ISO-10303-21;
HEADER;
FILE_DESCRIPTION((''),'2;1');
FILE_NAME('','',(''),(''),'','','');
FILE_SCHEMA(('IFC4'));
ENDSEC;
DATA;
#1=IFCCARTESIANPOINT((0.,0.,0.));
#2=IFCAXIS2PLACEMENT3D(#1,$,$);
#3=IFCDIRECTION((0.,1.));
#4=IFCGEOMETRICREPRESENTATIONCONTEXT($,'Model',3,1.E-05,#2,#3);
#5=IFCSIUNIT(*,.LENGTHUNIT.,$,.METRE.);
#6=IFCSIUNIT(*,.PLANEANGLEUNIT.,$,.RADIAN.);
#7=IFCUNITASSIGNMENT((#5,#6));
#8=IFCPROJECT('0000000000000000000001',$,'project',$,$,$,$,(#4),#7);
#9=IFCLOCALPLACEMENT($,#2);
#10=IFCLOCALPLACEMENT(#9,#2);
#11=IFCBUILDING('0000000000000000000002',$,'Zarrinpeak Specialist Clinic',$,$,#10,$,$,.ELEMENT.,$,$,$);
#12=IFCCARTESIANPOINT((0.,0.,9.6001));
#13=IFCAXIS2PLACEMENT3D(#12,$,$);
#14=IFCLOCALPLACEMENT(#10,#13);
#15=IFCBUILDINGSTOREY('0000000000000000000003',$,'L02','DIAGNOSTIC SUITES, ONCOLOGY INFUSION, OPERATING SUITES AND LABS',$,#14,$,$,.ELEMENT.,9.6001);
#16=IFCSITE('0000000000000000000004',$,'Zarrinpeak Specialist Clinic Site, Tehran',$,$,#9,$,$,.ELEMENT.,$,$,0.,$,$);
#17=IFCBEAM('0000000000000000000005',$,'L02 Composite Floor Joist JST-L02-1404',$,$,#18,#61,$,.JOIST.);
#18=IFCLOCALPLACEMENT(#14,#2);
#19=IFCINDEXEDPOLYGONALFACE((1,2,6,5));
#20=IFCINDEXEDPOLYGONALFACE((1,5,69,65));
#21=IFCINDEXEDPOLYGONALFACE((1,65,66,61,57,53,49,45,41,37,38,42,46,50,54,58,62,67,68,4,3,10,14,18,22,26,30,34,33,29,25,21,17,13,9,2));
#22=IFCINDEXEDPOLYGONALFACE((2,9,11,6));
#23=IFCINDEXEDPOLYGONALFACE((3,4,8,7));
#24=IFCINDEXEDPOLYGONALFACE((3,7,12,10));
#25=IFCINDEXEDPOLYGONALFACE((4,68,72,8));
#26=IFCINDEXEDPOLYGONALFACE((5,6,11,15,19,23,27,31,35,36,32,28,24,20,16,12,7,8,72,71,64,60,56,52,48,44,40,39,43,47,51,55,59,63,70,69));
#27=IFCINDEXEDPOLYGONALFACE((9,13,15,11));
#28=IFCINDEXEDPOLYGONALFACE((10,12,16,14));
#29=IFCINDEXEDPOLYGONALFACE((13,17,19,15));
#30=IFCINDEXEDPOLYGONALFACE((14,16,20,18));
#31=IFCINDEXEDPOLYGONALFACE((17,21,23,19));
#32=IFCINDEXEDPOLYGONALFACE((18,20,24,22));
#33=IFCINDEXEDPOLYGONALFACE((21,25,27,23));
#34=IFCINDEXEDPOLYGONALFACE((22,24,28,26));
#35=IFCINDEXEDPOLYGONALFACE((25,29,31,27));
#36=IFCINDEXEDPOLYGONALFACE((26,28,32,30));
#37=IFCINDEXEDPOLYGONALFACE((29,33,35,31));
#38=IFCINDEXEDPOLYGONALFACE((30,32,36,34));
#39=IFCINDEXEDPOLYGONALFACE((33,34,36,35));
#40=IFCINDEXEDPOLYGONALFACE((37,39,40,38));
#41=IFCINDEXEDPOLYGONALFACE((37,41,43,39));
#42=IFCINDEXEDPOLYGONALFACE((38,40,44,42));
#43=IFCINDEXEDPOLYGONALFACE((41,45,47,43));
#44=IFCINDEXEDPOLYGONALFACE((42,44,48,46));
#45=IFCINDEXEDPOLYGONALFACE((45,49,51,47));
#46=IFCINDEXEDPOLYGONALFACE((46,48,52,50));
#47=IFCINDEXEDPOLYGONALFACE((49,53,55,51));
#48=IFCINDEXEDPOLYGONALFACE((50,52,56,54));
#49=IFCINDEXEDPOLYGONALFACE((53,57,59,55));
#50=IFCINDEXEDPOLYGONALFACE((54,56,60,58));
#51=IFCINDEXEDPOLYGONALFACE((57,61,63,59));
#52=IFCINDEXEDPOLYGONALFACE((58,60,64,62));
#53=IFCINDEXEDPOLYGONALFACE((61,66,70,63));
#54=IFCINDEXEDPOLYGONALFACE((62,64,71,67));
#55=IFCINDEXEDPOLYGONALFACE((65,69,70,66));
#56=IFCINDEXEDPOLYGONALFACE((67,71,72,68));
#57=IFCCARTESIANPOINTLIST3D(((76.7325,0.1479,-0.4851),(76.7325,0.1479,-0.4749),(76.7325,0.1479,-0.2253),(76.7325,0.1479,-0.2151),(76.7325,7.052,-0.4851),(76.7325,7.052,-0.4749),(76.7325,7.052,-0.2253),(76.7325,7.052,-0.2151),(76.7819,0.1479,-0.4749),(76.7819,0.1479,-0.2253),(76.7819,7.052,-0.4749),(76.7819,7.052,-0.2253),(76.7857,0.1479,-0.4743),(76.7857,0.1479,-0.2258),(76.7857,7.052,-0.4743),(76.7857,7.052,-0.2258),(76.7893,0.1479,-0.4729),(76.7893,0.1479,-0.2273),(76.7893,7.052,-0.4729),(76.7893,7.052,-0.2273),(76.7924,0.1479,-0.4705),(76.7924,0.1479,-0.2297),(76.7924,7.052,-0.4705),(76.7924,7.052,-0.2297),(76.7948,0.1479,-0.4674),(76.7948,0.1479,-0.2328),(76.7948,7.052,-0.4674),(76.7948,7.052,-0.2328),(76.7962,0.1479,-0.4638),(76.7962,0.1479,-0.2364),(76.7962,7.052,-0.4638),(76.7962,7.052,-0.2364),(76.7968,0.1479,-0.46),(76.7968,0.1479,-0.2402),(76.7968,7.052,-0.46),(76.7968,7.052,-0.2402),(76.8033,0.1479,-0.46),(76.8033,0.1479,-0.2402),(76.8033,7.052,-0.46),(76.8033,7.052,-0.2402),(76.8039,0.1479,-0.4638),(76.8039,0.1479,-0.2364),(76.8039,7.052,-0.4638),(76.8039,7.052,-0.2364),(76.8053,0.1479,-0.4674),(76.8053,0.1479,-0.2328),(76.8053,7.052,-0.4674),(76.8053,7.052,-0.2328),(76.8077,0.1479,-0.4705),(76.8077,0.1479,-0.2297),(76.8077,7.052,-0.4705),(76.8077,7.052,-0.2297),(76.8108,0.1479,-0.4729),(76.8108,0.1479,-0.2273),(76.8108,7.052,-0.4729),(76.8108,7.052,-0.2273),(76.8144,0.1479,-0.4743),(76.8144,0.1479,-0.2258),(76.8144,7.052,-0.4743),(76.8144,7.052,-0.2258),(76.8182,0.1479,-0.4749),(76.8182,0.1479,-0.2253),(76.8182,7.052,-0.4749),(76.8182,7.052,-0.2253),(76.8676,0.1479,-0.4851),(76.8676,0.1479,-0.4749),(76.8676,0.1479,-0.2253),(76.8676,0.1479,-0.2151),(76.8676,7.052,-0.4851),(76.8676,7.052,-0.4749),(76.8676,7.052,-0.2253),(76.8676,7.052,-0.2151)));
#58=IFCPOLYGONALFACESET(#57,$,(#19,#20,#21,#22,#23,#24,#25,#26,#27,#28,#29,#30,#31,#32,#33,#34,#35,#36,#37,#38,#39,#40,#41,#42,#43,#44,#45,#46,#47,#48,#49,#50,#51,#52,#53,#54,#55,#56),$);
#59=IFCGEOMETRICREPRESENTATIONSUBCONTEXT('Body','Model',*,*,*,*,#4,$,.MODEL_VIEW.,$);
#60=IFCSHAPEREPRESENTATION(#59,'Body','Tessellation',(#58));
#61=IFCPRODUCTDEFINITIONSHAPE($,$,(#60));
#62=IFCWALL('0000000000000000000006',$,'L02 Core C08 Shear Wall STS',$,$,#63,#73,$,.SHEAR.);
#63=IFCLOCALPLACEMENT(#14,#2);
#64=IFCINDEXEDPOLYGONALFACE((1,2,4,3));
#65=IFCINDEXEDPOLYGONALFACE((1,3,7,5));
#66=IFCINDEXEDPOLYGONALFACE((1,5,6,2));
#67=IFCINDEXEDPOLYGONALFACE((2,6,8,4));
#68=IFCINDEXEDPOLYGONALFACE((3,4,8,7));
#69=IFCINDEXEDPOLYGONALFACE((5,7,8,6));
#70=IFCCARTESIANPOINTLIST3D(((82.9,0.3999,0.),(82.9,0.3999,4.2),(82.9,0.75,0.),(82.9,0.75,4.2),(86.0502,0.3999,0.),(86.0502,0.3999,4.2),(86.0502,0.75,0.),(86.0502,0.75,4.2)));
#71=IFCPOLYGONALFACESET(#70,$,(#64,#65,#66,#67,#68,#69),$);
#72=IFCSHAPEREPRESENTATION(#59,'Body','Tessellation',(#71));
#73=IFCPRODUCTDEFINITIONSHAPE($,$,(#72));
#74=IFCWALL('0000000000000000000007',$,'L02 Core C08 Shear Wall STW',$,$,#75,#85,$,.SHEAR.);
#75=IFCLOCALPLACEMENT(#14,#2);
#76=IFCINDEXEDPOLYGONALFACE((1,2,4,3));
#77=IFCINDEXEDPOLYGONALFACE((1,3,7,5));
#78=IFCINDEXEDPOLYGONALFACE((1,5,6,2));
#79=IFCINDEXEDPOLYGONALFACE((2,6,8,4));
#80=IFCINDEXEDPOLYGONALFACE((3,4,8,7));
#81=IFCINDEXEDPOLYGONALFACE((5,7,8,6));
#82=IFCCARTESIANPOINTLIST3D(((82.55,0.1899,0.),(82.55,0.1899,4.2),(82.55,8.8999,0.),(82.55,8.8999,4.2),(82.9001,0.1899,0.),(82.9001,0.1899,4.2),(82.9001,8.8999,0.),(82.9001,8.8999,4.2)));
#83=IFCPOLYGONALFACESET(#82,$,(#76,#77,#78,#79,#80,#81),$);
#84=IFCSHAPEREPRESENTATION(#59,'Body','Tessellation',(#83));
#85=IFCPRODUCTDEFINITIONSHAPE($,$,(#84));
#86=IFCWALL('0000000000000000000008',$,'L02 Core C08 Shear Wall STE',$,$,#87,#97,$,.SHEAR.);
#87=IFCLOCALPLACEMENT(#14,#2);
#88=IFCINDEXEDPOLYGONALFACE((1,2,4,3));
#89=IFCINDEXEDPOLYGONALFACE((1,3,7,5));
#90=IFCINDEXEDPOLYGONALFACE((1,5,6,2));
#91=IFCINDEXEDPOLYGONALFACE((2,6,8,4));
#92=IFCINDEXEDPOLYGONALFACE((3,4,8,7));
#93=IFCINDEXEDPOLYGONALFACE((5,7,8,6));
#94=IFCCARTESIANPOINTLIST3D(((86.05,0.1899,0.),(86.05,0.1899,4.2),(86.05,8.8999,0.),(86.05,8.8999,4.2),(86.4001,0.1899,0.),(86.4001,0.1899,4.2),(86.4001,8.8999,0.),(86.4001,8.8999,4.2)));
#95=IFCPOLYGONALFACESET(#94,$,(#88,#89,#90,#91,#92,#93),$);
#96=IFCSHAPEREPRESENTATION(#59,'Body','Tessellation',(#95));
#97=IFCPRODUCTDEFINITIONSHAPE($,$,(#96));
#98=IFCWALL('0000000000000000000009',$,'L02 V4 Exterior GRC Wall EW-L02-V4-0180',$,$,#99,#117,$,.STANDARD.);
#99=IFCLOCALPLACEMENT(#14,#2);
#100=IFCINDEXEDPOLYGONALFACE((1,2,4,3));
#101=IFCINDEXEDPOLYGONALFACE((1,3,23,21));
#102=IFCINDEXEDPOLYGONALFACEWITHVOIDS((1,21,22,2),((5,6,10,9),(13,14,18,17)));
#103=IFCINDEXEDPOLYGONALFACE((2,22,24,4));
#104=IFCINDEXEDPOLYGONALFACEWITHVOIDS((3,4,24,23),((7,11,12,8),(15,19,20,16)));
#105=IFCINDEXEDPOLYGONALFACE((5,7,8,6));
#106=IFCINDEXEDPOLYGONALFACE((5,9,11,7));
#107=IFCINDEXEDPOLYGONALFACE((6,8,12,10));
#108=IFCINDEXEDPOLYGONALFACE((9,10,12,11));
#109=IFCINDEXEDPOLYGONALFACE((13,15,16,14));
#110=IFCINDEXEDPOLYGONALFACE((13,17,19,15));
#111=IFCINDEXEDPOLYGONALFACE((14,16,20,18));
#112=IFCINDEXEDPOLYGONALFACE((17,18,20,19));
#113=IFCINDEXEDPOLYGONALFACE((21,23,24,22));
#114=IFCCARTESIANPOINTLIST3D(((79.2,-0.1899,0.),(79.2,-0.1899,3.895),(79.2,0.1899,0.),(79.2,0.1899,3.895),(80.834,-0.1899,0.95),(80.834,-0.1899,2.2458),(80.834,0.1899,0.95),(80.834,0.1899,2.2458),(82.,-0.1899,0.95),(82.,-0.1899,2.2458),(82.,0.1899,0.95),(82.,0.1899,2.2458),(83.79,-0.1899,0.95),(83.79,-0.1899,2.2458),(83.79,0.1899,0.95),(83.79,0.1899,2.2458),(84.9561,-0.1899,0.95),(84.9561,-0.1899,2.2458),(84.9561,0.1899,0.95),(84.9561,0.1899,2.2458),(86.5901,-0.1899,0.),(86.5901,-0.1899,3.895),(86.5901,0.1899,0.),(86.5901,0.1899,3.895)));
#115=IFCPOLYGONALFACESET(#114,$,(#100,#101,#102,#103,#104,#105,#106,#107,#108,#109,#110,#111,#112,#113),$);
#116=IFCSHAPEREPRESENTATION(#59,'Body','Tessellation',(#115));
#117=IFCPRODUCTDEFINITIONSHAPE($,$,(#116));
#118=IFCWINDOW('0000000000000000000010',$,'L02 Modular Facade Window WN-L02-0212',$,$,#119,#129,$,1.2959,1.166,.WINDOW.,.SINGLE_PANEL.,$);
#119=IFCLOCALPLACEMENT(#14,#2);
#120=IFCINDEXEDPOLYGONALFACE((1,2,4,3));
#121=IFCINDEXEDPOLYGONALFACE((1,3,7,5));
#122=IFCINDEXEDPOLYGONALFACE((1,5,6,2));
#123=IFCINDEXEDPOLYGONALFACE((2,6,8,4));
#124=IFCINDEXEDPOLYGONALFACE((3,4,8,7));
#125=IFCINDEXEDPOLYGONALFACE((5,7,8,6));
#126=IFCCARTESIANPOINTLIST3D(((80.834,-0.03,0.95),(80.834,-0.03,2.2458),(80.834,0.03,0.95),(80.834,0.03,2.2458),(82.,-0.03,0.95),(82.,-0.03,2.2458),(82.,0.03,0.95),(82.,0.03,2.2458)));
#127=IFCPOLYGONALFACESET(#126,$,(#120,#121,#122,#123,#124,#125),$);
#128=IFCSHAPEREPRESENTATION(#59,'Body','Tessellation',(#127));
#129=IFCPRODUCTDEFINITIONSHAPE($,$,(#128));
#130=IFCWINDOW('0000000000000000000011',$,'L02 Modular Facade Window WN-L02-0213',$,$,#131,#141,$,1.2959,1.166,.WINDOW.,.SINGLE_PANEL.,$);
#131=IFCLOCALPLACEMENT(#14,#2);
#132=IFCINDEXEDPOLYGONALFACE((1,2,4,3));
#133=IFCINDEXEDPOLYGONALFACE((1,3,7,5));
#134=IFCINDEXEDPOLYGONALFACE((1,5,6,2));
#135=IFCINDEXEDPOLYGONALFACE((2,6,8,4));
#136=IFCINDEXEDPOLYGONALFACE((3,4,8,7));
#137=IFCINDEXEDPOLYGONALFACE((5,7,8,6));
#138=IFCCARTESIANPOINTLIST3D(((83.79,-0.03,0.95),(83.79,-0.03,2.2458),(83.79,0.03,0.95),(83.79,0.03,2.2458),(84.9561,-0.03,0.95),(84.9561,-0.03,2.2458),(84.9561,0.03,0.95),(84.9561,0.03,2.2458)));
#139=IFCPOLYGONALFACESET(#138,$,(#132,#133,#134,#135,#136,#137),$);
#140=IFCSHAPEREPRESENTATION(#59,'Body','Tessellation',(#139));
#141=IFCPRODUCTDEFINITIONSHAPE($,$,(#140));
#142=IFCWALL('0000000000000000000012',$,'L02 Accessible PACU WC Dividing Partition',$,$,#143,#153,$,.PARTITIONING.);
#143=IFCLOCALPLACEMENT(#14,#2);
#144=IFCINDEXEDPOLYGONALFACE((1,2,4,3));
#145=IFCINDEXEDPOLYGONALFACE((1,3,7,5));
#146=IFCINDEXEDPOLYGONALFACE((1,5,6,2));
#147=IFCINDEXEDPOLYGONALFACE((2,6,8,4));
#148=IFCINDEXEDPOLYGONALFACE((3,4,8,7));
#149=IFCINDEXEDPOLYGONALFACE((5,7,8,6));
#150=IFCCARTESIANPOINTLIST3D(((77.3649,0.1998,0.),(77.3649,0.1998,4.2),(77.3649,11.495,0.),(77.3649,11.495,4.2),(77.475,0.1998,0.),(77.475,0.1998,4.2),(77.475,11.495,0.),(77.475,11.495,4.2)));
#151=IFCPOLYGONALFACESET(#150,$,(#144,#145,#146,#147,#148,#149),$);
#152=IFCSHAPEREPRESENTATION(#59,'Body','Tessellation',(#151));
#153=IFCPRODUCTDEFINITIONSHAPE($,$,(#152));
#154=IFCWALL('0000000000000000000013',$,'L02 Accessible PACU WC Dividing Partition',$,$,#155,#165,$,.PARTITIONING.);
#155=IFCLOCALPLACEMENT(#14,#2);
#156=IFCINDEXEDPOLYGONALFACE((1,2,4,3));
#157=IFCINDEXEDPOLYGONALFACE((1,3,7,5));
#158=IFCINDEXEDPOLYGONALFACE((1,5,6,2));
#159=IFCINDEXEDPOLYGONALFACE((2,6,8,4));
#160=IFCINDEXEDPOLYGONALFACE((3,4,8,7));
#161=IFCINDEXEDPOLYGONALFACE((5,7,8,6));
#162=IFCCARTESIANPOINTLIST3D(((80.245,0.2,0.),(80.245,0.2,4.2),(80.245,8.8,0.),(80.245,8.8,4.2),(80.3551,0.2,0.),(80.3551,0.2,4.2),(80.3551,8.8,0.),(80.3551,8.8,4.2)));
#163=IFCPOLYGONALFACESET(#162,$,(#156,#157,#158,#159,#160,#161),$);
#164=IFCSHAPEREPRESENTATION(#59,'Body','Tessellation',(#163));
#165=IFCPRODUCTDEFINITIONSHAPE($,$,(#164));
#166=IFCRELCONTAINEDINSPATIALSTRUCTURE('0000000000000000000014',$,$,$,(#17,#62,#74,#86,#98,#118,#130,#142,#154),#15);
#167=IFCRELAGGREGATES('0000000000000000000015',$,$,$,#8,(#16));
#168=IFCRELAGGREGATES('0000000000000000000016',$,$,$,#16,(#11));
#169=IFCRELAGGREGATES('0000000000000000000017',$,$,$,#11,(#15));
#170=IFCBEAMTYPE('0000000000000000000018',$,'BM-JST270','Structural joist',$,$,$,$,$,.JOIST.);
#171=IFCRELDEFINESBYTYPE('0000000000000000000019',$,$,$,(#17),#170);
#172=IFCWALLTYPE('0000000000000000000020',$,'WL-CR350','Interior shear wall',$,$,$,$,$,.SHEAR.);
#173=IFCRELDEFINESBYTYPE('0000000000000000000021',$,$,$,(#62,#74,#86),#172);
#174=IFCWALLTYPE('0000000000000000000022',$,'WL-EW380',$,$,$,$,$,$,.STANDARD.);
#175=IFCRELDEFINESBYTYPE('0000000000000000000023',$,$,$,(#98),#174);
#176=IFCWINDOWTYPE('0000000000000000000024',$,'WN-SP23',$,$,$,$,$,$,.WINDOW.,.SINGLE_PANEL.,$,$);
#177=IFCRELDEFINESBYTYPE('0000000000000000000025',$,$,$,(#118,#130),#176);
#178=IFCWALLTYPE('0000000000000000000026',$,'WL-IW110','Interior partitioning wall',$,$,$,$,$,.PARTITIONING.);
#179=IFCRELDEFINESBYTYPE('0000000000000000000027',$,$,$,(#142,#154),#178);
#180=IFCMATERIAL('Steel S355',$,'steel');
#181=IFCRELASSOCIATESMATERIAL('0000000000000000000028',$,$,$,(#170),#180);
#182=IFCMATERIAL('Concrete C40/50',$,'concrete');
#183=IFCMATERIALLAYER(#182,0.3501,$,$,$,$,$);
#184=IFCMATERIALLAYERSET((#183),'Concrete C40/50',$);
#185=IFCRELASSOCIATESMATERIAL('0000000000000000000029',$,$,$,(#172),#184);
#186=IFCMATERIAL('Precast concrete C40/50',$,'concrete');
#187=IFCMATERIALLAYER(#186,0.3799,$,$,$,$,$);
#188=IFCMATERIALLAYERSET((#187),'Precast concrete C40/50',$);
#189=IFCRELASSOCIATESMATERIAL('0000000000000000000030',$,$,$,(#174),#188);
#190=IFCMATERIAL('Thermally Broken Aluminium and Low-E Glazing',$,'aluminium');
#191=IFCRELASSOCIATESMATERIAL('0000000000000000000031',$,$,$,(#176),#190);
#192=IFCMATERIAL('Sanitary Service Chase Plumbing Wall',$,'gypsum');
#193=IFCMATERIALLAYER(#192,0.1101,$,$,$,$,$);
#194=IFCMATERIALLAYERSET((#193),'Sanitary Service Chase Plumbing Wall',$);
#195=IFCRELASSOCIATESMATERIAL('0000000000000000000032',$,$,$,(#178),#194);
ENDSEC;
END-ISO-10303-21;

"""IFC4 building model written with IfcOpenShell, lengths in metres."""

from ifc_helpers import new_model, si_unit, direction, frame, frame_2d, origin, origin_2d, place, context, subcontext, project, spatial, rectangle, i_section, extrude, material, layer, layer_set, material_profile, profile_set, type_object, element, fill, save


model = new_model("IFC4")

# Units and contexts
model_context = context("Model", 3, precision=1e-05, world=origin(), true_north=direction((0.0, 1.0)))
body_context = subcontext(model_context, "Body", "Model", "MODEL_VIEW")
ifc_project = project(units=[si_unit("LENGTHUNIT", "METRE"), si_unit("PLANEANGLEUNIT", "RADIAN")], contexts=[model_context])

# Site, building, storey
site_placement = place(None, origin())
site = spatial("IfcSite", under=ifc_project, at=site_placement, Name="Zarrinpeak Specialist Clinic Site, Tehran", CompositionType="ELEMENT", RefElevation=0.0)
building_placement = place(site_placement, origin())
building = spatial("IfcBuilding", under=site, at=building_placement, Name="Zarrinpeak Specialist Clinic", CompositionType="ELEMENT")
storey_placement = place(building_placement, frame((0.0, 0.0, 9.6001)))
storey = spatial("IfcBuildingStorey", under=building, at=storey_placement, Name="L02", Description="DIAGNOSTIC SUITES, ONCOLOGY INFUSION, OPERATING SUITES AND LABS", CompositionType="ELEMENT", Elevation=9.6001)

# Shared definitions
ifc_material_1 = material(Name="Steel S355", Category="steel")

# Beam
ifc_material_profile_1 = material_profile(ifc_material_1, i_section(OverallWidth=0.135, OverallDepth=0.27, WebThickness=0.0066, FlangeThickness=0.0103, FilletRadius=0.0149, at=origin_2d()), Name="IPE 270")
ifc_profile_set_1 = profile_set([ifc_material_profile_1], Name="Steel S355")
beam_type_1 = type_object("IfcBeamType", Name="BM-JST270", Description="Structural joist", PredefinedType="JOIST", material=ifc_profile_set_1)
beam_1_placement = place(storey_placement, frame((76.8, 0.1479, -0.3501), z_axis=(0.0, 1.0, 0.0), x_axis=(-1.0, 0.0, 0.0)))
element("IfcBeam", 1, at=beam_1_placement, inside=storey, type_object=beam_type_1, Name="L02 Composite Floor Joist JST-L02-1404", PredefinedType="JOIST", context=body_context, shape_type="SweptSolid", body=[
    extrude(i_section(OverallWidth=0.135, OverallDepth=0.27, WebThickness=0.0066, FlangeThickness=0.0103, FilletRadius=0.0149, at=origin_2d()), origin(), (0.0, 0.0, 1.0), 6.9041),
])

# Walls
ifc_material_2 = material(Name="Concrete C40/50", Category="concrete")
ifc_layer_1 = layer(ifc_material_2, 0.3501)
ifc_layer_set_1 = layer_set([ifc_layer_1], Name="Concrete C40/50")
wall_type_1 = type_object("IfcWallType", Name="WL-CR350", Description="Interior shear wall", PredefinedType="SHEAR", material=ifc_layer_set_1)
wall_1_placement = place(storey_placement, frame((82.8999, 0.575, 0.0), z_axis=(0.0, 0.0, 1.0), x_axis=(1.0, 0.0, 0.0)))
element("IfcWall", 2, at=wall_1_placement, inside=storey, type_object=wall_type_1, Name="L02 Core C08 Shear Wall STS", PredefinedType="SHEAR", context=body_context, shape_type="SweptSolid", body=[
    extrude(rectangle(XDim=3.1501, YDim=0.3501, at=frame_2d((1.5752, 0.0))), origin(), (0.0, 0.0, 1.0), 4.2),
])
for number, where, z_axis, x_axis, name in (
    (3, (82.7251, 0.1899, 0.0), (0.0, 0.0, 1.0), (0.0, 1.0, 0.0), "L02 Core C08 Shear Wall STW"),
    (4, (86.2251, 0.1899, 0.0), (0.0, 0.0, 1.0), (0.0, 1.0, 0.0), "L02 Core C08 Shear Wall STE"),
):
    element("IfcWall", number, at=place(storey_placement, frame(where, z_axis=z_axis, x_axis=x_axis)), inside=storey, type_object=wall_type_1, Name=name, PredefinedType="SHEAR", context=body_context, shape_type="SweptSolid", body=[
        extrude(rectangle(XDim=8.71, YDim=0.3501, at=frame_2d((4.355, 0.0))), origin(), (0.0, 0.0, 1.0), 4.2),
    ])

# Wall, openings, windows
ifc_material_3 = material(Name="Precast concrete C40/50", Category="concrete")
ifc_layer_2 = layer(ifc_material_3, 0.3799)
ifc_layer_set_2 = layer_set([ifc_layer_2], Name="Precast concrete C40/50")
wall_type_2 = type_object("IfcWallType", Name="WL-EW380", PredefinedType="STANDARD", material=ifc_layer_set_2)
wall_2_placement = place(storey_placement, frame((79.2, 0.0, 0.0), z_axis=(0.0, 0.0, 1.0), x_axis=(1.0, 0.0, 0.0)))
wall_2 = element("IfcWall", 5, at=wall_2_placement, inside=storey, type_object=wall_type_2, Name="L02 V4 Exterior GRC Wall EW-L02-V4-0180", PredefinedType="STANDARD", context=body_context, shape_type="SweptSolid", body=[
    extrude(rectangle(XDim=7.3901, YDim=0.3799, at=frame_2d((3.6951, 0.0))), origin(), (0.0, 0.0, 1.0), 3.895),
])
opening_1_placement = place(wall_2_placement, frame((1.634, 0.0, 0.95)))
opening_1 = element("IfcOpeningElement", 6, at=opening_1_placement, cuts=wall_2, PredefinedType="OPENING", context=body_context, shape_type="SweptSolid", body=[
    extrude(rectangle(XDim=1.166, YDim=1.2959, at=frame_2d((0.583, 0.6479))), frame((0.0, 0.2, 0.0), z_axis=(0.0, -1.0, 0.0), x_axis=(1.0, 0.0, 0.0)), (0.0, 0.0, 1.0), 0.3999),
])
opening_2_placement = place(wall_2_placement, frame((4.5901, 0.0, 0.95)))
opening_2 = element("IfcOpeningElement", 7, at=opening_2_placement, cuts=wall_2, PredefinedType="OPENING", context=body_context, shape_type="SweptSolid", body=[
    extrude(rectangle(XDim=1.166, YDim=1.2959, at=frame_2d((0.583, 0.6479))), frame((0.0, 0.2, 0.0), z_axis=(0.0, -1.0, 0.0), x_axis=(1.0, 0.0, 0.0)), (0.0, 0.0, 1.0), 0.3999),
])
ifc_material_4 = material(Name="Thermally Broken Aluminium and Low-E Glazing", Category="aluminium")
window_type = type_object("IfcWindowType", Name="WN-SP23", PartitioningType="SINGLE_PANEL", PredefinedType="WINDOW", material=ifc_material_4)
window_1_placement = place(opening_1_placement, origin())
window_1 = element("IfcWindow", 8, at=window_1_placement, inside=storey, type_object=window_type, Name="L02 Modular Facade Window WN-L02-0212", OverallHeight=1.2959, OverallWidth=1.166, PartitioningType="SINGLE_PANEL", PredefinedType="WINDOW", context=body_context, shape_type="SweptSolid", body=[
    extrude(rectangle(XDim=1.166, YDim=1.2959, at=frame_2d((0.583, 0.6479))), frame((0.0, 0.03, 0.0), z_axis=(0.0, -1.0, 0.0), x_axis=(1.0, 0.0, 0.0)), (0.0, 0.0, 1.0), 0.0601),
])
fill(opening_1, window_1)
window_2_placement = place(opening_2_placement, origin())
window_2 = element("IfcWindow", 9, at=window_2_placement, inside=storey, type_object=window_type, Name="L02 Modular Facade Window WN-L02-0213", OverallHeight=1.2959, OverallWidth=1.166, PartitioningType="SINGLE_PANEL", PredefinedType="WINDOW", context=body_context, shape_type="SweptSolid", body=[
    extrude(rectangle(XDim=1.166, YDim=1.2959, at=frame_2d((0.583, 0.6479))), frame((0.0, 0.03, 0.0), z_axis=(0.0, -1.0, 0.0), x_axis=(1.0, 0.0, 0.0)), (0.0, 0.0, 1.0), 0.0601),
])
fill(opening_2, window_2)

# Walls
ifc_material_5 = material(Name="Sanitary Service Chase Plumbing Wall", Category="gypsum")
ifc_layer_3 = layer(ifc_material_5, 0.1101)
ifc_layer_set_3 = layer_set([ifc_layer_3], Name="Sanitary Service Chase Plumbing Wall")
wall_type_3 = type_object("IfcWallType", Name="WL-IW110", Description="Interior partitioning wall", PredefinedType="PARTITIONING", material=ifc_layer_set_3)
wall_3_placement = place(storey_placement, frame((77.4199, 0.2, 0.0), z_axis=(0.0, 0.0, 1.0), x_axis=(0.0, 1.0, 0.0)))
element("IfcWall", 10, at=wall_3_placement, inside=storey, type_object=wall_type_3, Name="L02 Accessible PACU WC Dividing Partition", PredefinedType="PARTITIONING", context=body_context, shape_type="SweptSolid", body=[
    extrude(rectangle(XDim=11.2952, YDim=0.1101, at=frame_2d((5.6475, 0.0))), origin(), (0.0, 0.0, 1.0), 4.2),
])
wall_4_placement = place(storey_placement, frame((80.3, 0.2, 0.0), z_axis=(0.0, 0.0, 1.0), x_axis=(0.0, 1.0, 0.0)))
element("IfcWall", 11, at=wall_4_placement, inside=storey, type_object=wall_type_3, Name="L02 Accessible PACU WC Dividing Partition", PredefinedType="PARTITIONING", context=body_context, shape_type="SweptSolid", body=[
    extrude(rectangle(XDim=8.6001, YDim=0.1101, at=frame_2d((4.3, 0.0))), origin(), (0.0, 0.0, 1.0), 4.2),
])

save(model, "model.ifc")
